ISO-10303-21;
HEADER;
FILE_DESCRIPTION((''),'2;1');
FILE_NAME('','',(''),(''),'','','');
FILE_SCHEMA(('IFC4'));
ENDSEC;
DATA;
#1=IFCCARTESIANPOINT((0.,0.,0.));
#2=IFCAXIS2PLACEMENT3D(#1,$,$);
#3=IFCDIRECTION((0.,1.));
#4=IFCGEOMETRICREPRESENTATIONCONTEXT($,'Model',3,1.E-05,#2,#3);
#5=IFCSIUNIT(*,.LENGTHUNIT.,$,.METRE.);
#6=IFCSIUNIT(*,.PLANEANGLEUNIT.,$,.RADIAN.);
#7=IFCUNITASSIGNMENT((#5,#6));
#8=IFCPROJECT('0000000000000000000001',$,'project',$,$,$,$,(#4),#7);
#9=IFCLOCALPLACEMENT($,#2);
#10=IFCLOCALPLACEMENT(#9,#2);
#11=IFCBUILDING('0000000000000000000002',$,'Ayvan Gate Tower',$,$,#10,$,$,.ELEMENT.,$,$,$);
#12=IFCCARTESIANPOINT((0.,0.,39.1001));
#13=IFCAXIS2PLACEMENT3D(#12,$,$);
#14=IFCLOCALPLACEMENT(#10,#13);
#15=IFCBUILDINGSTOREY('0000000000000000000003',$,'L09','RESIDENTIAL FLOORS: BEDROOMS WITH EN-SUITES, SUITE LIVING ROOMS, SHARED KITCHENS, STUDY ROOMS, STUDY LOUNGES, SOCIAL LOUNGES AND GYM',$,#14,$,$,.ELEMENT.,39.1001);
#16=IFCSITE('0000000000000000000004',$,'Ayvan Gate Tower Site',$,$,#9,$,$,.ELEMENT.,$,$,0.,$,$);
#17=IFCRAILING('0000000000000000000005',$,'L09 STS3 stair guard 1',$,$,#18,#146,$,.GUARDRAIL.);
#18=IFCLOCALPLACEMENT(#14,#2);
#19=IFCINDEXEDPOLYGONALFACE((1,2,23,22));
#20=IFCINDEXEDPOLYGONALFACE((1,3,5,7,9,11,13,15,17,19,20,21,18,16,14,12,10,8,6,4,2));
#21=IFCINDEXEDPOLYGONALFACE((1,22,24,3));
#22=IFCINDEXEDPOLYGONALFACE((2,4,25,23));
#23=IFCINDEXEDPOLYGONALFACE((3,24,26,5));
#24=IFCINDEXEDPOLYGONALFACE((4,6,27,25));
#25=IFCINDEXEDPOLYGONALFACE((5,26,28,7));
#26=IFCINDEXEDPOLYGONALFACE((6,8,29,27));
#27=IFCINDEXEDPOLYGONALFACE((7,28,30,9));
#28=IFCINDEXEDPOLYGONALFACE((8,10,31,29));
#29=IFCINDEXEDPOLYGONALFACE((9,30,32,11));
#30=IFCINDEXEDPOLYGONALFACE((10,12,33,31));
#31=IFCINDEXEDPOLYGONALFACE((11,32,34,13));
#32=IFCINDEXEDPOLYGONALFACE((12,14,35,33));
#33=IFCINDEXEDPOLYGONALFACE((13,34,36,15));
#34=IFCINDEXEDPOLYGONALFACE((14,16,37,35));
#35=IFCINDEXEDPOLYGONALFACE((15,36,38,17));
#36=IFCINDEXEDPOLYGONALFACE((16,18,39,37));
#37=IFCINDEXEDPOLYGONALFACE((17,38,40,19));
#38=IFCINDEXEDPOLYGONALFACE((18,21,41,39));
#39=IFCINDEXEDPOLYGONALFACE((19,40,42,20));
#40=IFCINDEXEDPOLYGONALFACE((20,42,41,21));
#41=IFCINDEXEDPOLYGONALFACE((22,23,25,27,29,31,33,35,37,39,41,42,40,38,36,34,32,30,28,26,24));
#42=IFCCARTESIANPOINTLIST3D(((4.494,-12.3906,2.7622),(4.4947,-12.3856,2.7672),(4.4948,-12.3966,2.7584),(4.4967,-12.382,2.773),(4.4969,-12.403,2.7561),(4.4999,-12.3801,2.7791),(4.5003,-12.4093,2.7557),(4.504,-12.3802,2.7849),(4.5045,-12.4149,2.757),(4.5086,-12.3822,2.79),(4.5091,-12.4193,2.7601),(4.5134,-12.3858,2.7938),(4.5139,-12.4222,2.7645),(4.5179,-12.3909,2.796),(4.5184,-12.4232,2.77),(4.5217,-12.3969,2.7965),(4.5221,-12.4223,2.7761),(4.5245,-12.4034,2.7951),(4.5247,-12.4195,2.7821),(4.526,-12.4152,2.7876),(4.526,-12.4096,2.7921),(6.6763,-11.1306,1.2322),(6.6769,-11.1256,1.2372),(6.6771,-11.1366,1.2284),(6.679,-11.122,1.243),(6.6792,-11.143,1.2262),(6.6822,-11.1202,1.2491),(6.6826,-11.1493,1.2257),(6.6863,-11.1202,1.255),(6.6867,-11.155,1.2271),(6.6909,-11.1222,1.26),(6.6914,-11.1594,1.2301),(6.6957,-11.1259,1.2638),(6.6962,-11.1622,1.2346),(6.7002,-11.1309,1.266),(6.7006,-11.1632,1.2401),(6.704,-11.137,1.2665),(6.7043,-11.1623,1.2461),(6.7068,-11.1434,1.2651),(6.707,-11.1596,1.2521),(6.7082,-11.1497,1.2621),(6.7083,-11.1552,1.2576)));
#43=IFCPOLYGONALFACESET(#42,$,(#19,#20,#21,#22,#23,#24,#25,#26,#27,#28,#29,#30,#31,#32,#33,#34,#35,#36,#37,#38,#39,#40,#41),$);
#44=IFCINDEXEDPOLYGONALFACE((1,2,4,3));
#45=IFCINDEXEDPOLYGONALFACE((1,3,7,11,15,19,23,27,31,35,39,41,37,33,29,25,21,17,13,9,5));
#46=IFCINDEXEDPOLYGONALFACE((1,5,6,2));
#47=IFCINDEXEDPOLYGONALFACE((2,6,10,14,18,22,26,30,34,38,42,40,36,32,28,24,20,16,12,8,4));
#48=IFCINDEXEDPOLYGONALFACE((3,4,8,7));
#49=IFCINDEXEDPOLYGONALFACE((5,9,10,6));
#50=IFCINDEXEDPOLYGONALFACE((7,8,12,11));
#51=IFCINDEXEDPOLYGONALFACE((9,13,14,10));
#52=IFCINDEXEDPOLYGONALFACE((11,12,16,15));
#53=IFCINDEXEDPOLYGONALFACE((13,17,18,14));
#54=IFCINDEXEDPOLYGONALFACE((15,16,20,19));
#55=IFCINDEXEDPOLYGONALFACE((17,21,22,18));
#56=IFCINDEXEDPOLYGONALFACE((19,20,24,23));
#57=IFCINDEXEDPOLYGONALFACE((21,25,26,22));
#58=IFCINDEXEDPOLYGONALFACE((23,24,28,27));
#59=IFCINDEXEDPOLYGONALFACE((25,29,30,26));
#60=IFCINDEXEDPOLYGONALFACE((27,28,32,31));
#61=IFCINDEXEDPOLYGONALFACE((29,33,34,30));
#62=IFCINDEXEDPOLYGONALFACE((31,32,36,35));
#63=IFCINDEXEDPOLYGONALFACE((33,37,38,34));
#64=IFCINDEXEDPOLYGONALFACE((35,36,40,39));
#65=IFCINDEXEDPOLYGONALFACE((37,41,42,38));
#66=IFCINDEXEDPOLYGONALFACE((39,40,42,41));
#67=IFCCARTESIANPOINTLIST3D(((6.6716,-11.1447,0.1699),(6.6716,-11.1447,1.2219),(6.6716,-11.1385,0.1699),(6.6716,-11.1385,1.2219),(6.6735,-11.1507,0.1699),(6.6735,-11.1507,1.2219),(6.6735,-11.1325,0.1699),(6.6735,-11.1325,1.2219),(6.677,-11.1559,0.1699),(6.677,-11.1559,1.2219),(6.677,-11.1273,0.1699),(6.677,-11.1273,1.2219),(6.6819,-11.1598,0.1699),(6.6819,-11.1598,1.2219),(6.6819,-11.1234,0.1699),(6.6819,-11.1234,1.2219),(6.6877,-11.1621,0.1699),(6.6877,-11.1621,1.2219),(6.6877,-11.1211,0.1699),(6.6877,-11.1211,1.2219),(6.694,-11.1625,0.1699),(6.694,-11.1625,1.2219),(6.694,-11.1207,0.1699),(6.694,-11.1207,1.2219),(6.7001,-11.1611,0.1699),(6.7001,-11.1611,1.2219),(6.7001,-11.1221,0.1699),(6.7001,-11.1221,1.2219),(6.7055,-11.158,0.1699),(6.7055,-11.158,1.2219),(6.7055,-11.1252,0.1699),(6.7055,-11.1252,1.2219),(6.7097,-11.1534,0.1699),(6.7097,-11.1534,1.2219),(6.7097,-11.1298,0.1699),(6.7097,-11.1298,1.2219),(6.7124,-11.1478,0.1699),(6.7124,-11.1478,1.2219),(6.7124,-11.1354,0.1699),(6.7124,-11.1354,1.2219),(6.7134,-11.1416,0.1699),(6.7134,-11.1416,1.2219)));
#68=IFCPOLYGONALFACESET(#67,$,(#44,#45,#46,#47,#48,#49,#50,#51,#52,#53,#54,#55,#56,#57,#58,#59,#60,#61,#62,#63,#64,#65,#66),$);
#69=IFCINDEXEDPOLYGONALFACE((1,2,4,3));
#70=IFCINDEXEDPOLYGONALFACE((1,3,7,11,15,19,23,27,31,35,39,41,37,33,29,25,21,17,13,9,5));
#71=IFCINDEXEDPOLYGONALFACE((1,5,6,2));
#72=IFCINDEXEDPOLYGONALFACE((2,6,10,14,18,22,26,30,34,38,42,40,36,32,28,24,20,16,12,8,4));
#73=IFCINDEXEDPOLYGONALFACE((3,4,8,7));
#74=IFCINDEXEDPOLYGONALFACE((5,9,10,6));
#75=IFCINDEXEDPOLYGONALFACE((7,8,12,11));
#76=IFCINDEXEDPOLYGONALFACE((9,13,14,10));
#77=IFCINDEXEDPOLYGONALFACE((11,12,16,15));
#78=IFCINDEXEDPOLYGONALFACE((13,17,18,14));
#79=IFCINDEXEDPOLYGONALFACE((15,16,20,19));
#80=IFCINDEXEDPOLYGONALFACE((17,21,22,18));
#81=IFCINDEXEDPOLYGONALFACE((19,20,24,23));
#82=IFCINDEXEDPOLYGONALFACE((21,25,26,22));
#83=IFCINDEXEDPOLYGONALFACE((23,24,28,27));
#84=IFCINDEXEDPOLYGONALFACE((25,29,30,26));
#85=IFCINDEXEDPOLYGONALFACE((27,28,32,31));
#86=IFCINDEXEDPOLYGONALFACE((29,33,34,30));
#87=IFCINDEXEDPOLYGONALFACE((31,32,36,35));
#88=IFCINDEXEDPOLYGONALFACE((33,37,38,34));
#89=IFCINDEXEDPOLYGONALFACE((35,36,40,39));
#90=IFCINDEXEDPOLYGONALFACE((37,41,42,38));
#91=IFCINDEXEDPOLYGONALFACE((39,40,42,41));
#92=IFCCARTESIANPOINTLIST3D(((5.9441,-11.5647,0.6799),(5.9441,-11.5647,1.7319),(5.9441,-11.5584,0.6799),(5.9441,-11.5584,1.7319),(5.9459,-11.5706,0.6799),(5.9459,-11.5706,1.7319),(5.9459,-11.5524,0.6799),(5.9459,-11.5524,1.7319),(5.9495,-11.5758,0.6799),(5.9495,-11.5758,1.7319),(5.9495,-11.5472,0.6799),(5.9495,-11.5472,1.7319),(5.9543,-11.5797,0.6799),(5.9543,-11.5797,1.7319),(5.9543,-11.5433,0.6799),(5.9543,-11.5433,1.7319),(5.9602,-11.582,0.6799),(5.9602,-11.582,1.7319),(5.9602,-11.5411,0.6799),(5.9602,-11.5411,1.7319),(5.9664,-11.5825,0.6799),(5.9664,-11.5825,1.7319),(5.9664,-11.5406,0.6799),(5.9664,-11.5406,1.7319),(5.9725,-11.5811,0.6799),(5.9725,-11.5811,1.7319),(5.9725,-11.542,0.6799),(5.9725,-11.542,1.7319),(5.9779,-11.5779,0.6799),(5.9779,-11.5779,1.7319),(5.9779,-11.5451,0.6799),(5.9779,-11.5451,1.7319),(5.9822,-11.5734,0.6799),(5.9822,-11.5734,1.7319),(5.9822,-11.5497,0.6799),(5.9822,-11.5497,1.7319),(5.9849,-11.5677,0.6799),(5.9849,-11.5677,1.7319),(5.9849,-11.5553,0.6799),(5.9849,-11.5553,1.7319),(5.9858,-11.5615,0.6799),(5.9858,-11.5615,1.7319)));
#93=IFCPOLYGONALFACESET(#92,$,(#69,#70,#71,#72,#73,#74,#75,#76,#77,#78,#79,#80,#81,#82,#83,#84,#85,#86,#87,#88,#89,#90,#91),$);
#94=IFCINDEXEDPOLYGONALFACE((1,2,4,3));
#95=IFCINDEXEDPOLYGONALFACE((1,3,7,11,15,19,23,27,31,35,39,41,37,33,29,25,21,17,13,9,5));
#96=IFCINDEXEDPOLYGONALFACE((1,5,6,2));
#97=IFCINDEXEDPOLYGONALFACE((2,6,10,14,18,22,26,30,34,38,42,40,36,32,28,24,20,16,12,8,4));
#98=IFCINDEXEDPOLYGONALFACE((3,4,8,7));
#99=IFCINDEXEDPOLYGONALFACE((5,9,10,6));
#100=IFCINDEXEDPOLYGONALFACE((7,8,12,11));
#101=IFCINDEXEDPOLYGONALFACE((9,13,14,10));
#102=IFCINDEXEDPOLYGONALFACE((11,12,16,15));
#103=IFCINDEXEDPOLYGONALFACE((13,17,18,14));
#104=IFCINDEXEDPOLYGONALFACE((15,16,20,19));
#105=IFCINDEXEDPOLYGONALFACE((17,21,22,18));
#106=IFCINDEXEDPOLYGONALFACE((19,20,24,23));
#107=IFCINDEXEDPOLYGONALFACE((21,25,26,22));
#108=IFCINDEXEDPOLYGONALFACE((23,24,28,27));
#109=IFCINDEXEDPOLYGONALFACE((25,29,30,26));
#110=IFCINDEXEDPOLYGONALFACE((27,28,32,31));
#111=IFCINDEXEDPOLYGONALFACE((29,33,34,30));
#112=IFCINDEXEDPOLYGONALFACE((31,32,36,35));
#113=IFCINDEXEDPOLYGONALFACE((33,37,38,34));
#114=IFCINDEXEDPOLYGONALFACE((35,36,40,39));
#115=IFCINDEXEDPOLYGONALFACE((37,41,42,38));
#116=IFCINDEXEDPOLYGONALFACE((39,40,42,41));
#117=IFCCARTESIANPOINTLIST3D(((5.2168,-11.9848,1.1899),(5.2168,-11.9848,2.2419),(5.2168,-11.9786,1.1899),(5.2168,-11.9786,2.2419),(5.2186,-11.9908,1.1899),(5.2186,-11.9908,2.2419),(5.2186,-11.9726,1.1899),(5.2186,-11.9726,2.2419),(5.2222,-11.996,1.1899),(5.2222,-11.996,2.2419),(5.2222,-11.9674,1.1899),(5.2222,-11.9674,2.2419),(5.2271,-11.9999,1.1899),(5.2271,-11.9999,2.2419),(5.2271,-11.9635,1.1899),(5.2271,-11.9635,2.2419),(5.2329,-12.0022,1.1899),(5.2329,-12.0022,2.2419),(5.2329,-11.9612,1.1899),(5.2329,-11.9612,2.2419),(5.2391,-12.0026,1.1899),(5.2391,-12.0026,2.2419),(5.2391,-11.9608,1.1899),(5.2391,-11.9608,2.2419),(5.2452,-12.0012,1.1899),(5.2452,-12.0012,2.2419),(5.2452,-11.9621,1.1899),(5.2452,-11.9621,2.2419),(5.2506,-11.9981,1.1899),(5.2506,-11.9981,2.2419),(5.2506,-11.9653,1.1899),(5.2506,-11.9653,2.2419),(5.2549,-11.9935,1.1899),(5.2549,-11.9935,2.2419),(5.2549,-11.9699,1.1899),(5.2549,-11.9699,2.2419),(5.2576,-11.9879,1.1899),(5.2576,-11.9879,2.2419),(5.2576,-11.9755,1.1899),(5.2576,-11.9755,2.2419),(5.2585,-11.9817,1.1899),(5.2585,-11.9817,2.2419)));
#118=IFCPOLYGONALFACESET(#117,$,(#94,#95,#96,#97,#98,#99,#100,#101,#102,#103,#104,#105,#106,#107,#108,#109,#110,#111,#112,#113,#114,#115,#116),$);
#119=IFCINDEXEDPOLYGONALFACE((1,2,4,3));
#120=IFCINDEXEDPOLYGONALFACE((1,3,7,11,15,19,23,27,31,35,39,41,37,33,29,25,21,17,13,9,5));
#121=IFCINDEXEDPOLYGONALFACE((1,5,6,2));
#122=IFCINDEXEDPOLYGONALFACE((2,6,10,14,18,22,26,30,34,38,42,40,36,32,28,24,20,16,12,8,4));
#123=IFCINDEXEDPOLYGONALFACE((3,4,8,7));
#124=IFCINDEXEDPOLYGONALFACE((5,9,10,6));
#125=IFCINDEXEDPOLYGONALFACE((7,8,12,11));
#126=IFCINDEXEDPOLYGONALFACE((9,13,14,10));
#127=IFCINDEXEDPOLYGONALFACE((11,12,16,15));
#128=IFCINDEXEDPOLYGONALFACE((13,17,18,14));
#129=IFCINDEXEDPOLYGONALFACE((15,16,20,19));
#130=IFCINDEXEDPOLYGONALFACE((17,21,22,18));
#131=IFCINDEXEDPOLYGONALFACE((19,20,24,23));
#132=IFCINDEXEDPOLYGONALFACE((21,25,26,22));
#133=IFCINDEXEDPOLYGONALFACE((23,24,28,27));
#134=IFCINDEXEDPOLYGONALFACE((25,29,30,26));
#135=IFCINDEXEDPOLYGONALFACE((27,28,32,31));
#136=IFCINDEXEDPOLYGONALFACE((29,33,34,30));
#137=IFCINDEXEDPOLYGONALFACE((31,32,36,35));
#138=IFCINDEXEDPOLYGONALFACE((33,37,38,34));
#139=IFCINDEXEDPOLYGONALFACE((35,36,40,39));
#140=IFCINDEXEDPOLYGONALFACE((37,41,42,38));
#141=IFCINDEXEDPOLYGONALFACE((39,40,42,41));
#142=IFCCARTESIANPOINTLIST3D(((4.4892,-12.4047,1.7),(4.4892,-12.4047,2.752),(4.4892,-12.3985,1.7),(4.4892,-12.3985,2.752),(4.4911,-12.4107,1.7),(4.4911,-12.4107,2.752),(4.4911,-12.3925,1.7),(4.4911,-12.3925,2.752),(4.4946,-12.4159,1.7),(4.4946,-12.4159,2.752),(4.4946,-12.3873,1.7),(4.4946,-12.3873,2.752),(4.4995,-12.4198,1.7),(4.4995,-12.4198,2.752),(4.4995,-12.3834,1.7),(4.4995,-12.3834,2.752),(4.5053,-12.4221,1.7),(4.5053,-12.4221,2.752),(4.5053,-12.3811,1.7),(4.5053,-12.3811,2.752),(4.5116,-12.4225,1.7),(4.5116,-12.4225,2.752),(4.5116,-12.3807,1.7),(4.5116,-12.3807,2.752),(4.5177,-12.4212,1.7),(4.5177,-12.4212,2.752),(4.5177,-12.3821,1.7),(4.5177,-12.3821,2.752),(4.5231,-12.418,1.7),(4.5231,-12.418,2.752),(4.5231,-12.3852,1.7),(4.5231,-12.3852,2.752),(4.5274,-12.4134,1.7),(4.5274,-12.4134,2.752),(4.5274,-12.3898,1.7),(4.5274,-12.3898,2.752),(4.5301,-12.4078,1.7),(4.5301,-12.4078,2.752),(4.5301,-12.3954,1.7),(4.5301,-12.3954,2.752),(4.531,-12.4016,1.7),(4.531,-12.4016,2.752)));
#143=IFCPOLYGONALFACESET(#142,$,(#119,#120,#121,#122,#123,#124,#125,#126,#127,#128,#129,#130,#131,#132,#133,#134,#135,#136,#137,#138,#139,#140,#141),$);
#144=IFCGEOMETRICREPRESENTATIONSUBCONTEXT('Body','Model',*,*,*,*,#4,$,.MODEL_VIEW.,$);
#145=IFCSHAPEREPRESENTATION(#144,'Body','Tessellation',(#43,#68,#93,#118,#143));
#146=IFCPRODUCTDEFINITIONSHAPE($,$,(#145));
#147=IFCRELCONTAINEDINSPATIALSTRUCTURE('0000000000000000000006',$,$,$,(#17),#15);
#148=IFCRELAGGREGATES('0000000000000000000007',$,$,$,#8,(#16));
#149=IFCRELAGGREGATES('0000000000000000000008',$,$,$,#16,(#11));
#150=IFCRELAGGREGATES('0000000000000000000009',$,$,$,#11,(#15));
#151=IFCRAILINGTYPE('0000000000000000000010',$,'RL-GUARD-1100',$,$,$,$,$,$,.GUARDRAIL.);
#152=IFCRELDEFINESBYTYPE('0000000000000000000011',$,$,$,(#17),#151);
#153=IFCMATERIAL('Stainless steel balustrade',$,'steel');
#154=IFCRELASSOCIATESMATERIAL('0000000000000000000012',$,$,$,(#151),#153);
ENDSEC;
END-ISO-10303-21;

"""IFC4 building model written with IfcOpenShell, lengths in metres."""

from ifc_helpers import new_model, si_unit, direction, frame, origin, origin_2d, place, context, subcontext, project, spatial, circle, extrude, material, type_object, element, save


model = new_model("IFC4")

# Units and contexts
model_context = context("Model", 3, precision=1e-05, world=origin(), true_north=direction((0.0, 1.0)))
body_context = subcontext(model_context, "Body", "Model", "MODEL_VIEW")
ifc_project = project(units=[si_unit("LENGTHUNIT", "METRE"), si_unit("PLANEANGLEUNIT", "RADIAN")], contexts=[model_context])

# Site, building, storey
site_placement = place(None, origin())
site = spatial("IfcSite", under=ifc_project, at=site_placement, Name="Ayvan Gate Tower Site", CompositionType="ELEMENT", RefElevation=0.0)
building_placement = place(site_placement, origin())
building = spatial("IfcBuilding", under=site, at=building_placement, Name="Ayvan Gate Tower", CompositionType="ELEMENT")
storey_placement = place(building_placement, frame((0.0, 0.0, 39.1001)))
storey = spatial("IfcBuildingStorey", under=building, at=storey_placement, Name="L09", Description="RESIDENTIAL FLOORS: BEDROOMS WITH EN-SUITES, SUITE LIVING ROOMS, SHARED KITCHENS, STUDY ROOMS, STUDY LOUNGES, SOCIAL LOUNGES AND GYM", CompositionType="ELEMENT", Elevation=39.1001)

# Railing
ifc_material_1 = material(Name="Stainless steel balustrade", Category="steel")
railing_type_1 = type_object("IfcRailingType", Name="RL-GUARD-1100", PredefinedType="GUARDRAIL", material=ifc_material_1)
railing_1_placement = place(storey_placement, frame((6.6924, -11.1416, 0.1699)))
element("IfcRailing", 1, at=railing_1_placement, inside=storey, type_object=railing_type_1, Name="L09 STS3 stair guard 1", PredefinedType="GUARDRAIL", context=body_context, shape_type="SweptSolid", body=[
    extrude(circle(Radius=0.0239, at=origin_2d()), frame((0.0, 0.0, 1.0762), z_axis=(-0.740261, -0.427395, 0.518986), x_axis=(0.500005, -0.866023, 0.0)), (0.0, 0.0, 1.0), 2.948),
    extrude(circle(Radius=0.021, at=origin_2d()), origin(), (0.0, 0.0, 1.0), 1.052),
    extrude(circle(Radius=0.021, at=origin_2d()), frame((-0.7275, -0.4199, 0.51)), (0.0, 0.0, 1.0), 1.052),
    extrude(circle(Radius=0.021, at=origin_2d()), frame((-1.4548, -0.8401, 1.02)), (0.0, 0.0, 1.0), 1.052),
    extrude(circle(Radius=0.021, at=origin_2d()), frame((-2.1824, -1.26, 1.53)), (0.0, 0.0, 1.0), 1.052),
])

save(model, "model.ifc")
